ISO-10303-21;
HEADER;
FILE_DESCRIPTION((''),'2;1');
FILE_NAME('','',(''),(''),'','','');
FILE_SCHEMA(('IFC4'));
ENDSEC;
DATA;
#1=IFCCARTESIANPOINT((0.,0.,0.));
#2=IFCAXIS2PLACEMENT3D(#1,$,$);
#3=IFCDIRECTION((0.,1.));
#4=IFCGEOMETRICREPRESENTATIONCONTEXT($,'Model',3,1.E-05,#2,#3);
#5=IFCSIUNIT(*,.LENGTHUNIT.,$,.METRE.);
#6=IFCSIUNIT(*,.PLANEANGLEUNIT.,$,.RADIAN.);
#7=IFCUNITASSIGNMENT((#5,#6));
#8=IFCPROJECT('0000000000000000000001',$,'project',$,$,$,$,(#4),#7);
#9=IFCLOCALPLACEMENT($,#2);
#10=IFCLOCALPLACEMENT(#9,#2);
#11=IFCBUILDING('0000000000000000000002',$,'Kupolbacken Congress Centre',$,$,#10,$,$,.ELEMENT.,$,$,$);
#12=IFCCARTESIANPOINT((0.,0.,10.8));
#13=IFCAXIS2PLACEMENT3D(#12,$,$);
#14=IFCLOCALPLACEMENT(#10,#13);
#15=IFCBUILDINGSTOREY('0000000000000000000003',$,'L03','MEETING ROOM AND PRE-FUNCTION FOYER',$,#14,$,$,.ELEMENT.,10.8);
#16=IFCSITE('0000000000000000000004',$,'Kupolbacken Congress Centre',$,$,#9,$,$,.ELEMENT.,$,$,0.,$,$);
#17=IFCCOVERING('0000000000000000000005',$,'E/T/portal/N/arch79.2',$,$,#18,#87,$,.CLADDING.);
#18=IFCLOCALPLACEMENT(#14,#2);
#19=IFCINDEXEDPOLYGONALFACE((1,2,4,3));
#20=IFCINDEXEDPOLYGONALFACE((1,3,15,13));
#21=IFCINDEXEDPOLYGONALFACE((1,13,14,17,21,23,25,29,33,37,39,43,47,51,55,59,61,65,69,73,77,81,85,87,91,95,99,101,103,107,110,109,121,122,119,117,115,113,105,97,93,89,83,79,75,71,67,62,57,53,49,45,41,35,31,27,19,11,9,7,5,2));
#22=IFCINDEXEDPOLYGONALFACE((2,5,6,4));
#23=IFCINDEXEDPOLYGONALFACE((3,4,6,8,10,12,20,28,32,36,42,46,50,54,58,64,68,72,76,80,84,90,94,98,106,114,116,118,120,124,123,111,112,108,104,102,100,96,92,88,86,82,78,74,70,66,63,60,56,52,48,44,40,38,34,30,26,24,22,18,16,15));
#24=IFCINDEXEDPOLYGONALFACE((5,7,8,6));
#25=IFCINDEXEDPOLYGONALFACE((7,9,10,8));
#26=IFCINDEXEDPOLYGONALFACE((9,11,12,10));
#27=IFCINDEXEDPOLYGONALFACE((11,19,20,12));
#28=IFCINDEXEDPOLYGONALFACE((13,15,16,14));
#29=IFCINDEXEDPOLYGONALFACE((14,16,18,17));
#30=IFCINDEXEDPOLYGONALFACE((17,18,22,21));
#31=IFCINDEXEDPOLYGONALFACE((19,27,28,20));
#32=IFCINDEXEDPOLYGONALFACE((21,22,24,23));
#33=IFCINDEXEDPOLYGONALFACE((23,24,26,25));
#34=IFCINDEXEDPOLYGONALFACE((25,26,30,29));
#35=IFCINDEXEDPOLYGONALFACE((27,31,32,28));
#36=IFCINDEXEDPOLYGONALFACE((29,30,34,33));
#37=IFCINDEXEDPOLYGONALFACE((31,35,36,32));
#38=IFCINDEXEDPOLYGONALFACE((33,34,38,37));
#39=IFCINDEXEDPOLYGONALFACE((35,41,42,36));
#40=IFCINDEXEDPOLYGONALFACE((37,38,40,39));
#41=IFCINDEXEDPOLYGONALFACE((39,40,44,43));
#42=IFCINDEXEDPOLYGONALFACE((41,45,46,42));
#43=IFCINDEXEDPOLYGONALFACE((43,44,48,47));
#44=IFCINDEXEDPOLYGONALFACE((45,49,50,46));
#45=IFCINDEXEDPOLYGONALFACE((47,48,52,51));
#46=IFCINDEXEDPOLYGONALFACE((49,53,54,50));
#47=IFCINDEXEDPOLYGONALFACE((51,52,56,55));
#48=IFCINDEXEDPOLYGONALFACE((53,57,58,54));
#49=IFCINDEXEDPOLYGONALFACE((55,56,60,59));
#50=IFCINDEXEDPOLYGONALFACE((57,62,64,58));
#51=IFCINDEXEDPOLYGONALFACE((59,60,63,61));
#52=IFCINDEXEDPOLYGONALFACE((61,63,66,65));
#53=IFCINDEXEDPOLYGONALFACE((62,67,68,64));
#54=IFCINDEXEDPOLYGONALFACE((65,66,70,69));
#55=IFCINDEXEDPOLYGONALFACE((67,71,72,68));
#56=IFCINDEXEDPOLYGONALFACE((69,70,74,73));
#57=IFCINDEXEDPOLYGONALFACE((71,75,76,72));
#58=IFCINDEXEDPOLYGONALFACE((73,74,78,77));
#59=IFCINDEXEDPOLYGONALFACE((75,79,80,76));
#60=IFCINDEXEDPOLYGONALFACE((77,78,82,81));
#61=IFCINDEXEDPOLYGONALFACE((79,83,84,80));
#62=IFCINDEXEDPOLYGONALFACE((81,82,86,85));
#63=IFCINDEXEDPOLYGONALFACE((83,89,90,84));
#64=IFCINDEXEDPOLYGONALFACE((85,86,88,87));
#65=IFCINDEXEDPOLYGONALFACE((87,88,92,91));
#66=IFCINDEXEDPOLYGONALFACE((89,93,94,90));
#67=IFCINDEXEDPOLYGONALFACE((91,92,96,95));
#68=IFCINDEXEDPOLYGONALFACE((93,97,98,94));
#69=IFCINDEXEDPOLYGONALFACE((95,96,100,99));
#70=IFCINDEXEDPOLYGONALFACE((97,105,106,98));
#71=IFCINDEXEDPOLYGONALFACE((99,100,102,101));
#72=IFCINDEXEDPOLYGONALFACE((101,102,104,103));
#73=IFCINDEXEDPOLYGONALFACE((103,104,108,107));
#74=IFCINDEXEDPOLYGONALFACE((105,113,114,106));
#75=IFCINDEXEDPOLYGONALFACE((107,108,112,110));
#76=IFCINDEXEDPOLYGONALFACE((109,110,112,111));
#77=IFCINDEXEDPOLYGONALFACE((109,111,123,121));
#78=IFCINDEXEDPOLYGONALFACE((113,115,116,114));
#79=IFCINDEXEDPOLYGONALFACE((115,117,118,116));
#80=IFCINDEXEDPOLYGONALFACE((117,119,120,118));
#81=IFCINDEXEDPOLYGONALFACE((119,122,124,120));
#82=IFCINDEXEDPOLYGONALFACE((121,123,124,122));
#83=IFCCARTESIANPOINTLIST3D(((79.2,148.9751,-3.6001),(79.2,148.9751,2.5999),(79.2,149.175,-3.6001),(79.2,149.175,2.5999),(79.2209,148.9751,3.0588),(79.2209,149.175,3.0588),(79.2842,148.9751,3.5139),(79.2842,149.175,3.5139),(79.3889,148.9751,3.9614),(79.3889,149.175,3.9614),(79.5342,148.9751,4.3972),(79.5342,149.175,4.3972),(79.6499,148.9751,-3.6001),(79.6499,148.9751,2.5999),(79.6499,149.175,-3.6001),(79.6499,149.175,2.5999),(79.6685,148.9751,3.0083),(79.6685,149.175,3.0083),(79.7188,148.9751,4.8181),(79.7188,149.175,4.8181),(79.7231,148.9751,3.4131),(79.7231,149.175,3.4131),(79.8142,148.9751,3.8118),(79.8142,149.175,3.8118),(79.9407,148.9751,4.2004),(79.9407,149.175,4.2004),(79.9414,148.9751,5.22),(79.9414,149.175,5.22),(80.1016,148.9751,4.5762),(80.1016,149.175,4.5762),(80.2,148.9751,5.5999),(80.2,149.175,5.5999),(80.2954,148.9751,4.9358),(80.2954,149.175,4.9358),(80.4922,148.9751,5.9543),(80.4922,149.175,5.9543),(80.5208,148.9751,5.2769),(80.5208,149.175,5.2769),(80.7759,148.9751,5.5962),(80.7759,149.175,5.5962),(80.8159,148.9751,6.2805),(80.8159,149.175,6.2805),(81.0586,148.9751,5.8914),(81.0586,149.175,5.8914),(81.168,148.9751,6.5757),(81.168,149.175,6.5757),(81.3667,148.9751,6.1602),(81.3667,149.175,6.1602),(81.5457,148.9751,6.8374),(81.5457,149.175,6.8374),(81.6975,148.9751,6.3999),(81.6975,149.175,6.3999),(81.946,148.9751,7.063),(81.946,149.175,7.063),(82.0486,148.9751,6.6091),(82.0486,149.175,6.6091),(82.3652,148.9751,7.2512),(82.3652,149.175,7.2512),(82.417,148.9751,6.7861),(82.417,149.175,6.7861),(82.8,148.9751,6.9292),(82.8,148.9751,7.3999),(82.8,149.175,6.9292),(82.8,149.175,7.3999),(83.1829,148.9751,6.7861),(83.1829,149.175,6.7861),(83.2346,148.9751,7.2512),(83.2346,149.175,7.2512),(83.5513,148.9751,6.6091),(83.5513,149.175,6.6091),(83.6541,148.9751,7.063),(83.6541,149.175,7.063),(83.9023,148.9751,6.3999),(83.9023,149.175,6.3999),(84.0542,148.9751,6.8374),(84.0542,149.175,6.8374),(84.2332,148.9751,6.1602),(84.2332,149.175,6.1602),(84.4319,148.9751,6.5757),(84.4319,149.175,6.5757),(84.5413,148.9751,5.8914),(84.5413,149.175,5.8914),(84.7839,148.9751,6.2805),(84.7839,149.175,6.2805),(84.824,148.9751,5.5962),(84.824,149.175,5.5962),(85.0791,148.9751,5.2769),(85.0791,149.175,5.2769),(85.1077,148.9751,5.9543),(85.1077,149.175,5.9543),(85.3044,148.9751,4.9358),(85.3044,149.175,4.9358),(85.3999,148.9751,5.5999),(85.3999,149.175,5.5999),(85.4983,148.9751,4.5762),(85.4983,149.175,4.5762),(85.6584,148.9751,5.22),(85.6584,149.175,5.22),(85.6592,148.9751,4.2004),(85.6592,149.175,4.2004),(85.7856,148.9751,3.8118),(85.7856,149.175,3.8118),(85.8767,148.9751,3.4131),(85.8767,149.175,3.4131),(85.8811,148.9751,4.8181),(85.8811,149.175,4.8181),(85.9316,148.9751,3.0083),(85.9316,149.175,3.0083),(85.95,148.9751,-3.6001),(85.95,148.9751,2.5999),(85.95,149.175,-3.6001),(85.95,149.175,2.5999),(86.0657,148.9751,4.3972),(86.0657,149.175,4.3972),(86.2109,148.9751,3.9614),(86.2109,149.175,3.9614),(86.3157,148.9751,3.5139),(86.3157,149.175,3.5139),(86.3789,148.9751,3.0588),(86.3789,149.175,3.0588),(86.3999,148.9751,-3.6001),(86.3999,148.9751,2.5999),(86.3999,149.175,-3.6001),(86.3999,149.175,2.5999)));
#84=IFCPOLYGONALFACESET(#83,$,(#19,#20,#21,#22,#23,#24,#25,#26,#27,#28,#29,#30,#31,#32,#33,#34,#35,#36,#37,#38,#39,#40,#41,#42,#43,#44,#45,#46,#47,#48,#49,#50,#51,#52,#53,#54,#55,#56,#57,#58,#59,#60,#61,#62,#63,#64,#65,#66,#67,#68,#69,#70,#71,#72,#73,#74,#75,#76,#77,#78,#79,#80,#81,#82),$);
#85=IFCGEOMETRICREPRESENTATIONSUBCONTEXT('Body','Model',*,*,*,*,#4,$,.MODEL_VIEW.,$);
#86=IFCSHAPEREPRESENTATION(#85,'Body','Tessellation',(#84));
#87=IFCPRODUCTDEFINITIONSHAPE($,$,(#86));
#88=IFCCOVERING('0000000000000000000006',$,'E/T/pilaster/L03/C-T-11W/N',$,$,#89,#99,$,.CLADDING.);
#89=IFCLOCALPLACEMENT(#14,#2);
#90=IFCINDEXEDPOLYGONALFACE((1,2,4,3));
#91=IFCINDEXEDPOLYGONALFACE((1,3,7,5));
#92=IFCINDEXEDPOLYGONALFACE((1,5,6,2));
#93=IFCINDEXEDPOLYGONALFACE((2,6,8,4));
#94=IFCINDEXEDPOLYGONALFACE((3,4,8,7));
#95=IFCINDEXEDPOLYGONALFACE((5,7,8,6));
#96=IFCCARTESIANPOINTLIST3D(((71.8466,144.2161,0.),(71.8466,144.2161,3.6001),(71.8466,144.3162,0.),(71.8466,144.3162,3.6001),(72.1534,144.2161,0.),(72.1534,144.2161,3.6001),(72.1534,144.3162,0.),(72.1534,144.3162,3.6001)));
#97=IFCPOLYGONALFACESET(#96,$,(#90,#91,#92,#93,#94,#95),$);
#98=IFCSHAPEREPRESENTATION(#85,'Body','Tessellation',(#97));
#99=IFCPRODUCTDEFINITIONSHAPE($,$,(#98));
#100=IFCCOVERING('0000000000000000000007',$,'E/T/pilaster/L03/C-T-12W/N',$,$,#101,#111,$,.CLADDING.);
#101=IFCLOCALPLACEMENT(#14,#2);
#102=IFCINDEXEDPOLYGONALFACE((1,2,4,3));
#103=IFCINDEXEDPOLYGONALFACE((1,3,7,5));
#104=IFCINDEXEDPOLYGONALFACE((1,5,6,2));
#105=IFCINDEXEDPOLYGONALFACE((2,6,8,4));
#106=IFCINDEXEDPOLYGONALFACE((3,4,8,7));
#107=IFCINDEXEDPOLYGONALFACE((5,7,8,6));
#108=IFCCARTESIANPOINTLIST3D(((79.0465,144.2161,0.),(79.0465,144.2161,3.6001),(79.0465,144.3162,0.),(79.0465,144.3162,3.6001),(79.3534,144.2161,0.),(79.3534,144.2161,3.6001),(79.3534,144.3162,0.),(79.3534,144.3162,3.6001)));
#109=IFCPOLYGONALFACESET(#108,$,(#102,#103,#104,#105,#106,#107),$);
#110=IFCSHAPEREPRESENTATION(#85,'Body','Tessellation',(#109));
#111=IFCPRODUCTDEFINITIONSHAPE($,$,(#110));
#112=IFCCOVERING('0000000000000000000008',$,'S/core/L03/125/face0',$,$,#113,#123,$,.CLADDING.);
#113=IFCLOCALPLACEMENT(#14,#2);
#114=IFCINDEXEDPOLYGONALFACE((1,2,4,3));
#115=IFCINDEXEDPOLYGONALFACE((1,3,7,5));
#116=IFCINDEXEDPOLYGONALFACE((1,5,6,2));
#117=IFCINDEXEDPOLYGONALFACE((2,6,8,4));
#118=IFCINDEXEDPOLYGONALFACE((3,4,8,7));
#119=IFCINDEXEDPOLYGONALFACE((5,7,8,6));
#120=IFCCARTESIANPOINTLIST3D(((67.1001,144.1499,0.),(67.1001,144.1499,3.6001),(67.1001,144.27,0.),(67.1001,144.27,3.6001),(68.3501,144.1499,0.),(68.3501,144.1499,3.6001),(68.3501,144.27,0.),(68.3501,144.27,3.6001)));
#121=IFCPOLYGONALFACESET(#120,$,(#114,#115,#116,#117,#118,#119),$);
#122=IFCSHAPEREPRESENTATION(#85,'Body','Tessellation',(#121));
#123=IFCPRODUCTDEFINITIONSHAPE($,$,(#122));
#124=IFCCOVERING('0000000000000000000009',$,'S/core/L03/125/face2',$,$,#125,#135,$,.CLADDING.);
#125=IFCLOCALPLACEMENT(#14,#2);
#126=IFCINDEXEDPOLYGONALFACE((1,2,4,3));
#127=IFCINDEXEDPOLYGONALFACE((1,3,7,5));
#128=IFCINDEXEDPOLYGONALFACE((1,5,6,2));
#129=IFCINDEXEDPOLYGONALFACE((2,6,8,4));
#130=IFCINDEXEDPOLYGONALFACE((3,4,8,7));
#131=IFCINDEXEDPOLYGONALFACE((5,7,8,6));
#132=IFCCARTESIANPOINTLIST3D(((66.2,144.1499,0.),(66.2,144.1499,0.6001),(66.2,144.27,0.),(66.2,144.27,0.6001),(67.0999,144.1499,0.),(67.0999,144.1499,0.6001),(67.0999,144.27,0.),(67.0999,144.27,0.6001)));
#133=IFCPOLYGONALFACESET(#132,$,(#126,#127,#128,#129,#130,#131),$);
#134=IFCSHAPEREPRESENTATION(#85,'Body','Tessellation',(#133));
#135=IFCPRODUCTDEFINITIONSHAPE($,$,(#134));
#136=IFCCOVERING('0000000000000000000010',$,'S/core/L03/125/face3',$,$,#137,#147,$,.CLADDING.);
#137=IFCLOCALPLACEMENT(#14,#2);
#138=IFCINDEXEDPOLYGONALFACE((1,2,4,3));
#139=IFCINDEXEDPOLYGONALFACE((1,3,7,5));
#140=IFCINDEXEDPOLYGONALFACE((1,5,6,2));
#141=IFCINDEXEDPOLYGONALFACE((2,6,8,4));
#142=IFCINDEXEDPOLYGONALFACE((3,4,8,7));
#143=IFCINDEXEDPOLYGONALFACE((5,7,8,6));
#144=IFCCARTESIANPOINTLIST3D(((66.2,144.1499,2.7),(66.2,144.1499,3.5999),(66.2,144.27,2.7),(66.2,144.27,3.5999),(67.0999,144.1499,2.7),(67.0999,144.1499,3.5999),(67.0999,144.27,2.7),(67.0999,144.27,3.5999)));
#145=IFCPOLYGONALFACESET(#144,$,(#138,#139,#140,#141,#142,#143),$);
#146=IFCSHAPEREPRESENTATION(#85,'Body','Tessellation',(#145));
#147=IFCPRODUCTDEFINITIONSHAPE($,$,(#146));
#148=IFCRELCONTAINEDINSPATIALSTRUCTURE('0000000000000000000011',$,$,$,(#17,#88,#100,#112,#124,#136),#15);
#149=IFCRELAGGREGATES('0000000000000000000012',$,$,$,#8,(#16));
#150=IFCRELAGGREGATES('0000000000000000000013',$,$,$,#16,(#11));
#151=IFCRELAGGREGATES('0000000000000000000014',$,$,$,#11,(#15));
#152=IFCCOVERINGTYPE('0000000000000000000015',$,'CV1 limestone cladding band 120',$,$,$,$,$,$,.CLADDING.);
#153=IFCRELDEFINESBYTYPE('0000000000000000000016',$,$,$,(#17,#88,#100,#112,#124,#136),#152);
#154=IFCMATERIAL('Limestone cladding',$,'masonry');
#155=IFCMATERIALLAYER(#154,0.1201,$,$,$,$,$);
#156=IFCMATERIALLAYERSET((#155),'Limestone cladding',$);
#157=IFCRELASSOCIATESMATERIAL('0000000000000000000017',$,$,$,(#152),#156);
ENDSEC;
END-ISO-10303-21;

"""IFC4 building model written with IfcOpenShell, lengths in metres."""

from ifc_helpers import new_model, si_unit, direction, frame, origin, origin_2d, place, context, subcontext, project, spatial, polyline, rectangle, outline, extrude, material, layer, layer_set, type_object, element, save


model = new_model("IFC4")

# Units and contexts
model_context = context("Model", 3, precision=1e-05, world=origin(), true_north=direction((0.0, 1.0)))
body_context = subcontext(model_context, "Body", "Model", "MODEL_VIEW")
ifc_project = project(units=[si_unit("LENGTHUNIT", "METRE"), si_unit("PLANEANGLEUNIT", "RADIAN")], contexts=[model_context])

# Site, building, storey
site_placement = place(None, origin())
site = spatial("IfcSite", under=ifc_project, at=site_placement, Name="Kupolbacken Congress Centre", CompositionType="ELEMENT", RefElevation=0.0)
building_placement = place(site_placement, origin())
building = spatial("IfcBuilding", under=site, at=building_placement, Name="Kupolbacken Congress Centre", CompositionType="ELEMENT")
storey_placement = place(building_placement, frame((0.0, 0.0, 10.8)))
storey = spatial("IfcBuildingStorey", under=building, at=storey_placement, Name="L03", Description="MEETING ROOM AND PRE-FUNCTION FOYER", CompositionType="ELEMENT", Elevation=10.8)

# Coverings
ifc_material_1 = material(Name="Limestone cladding", Category="masonry")
ifc_layer_1 = layer(ifc_material_1, 0.1201)
ifc_layer_set_1 = layer_set([ifc_layer_1], Name="Limestone cladding")
covering_type = type_object("IfcCoveringType", Name="CV1 limestone cladding band 120", PredefinedType="CLADDING", material=ifc_layer_set_1)
covering_1_placement = place(storey_placement, frame((79.2, 148.9751, -3.6001), z_axis=(0.0, 1.0, 0.0), x_axis=(-1.0, 0.0, 0.0)))
element("IfcCovering", 1, at=covering_1_placement, inside=storey, type_object=covering_type, Name="E/T/portal/N/arch79.2", PredefinedType="CLADDING", context=body_context, shape_type="SweptSolid", body=[
    extrude(outline(polyline([(0.0, 0.0), (0.0, 6.2), (-0.021, 6.6589), (-0.0842, 7.114), (-0.189, 7.5615), (-0.3342, 7.9973), (-0.5188, 8.4182), (-0.7415, 8.8201), (-1.0, 9.2), (-1.2922, 9.5544), (-1.616, 9.8806), (-1.968, 10.1758), (-2.3457, 10.4375), (-2.7461, 10.6631), (-3.1653, 10.8513), (-3.6001, 11.0), (-4.0347, 10.8513), (-4.4541, 10.6631), (-4.8542, 10.4375), (-5.2319, 10.1758), (-5.584, 9.8806), (-5.9077, 9.5544), (-6.2, 9.2), (-6.4585, 8.8201), (-6.6812, 8.4182), (-6.8657, 7.9973), (-7.011, 7.5615), (-7.1157, 7.114), (-7.179, 6.6589), (-7.2, 6.2), (-7.2, 0.0), (-6.75, 0.0), (-6.75, 6.2), (-6.7317, 6.6084), (-6.6768, 7.0132), (-6.5857, 7.4119), (-6.4592, 7.8005), (-6.2983, 8.1763), (-6.1045, 8.5359), (-5.8792, 8.877), (-5.624, 9.1963), (-5.3413, 9.4915), (-5.0332, 9.7603), (-4.7024, 10.0), (-4.3513, 10.2092), (-3.9829, 10.3862), (-3.6001, 10.5293), (-3.217, 10.3862), (-2.8486, 10.2092), (-2.4976, 10.0), (-2.1667, 9.7603), (-1.8586, 9.4915), (-1.5759, 9.1963), (-1.3208, 8.877), (-1.0955, 8.5359), (-0.9016, 8.1763), (-0.7407, 7.8005), (-0.6143, 7.4119), (-0.5232, 7.0132), (-0.4685, 6.6084), (-0.45, 6.2), (-0.45, 0.0), (0.0, 0.0)])), origin(), (0.0, 0.0, 1.0), 0.2),
])
for number, where, z_axis, x_axis, name in (
    (2, (72.0, 144.2661, 0.0), (0.0, 0.0, 1.0), (1.0, 0.0, 0.0), "E/T/pilaster/L03/C-T-11W/N"),
    (3, (79.2, 144.2661, 0.0), (0.0, 0.0, 1.0), (1.0, 0.0, 0.0), "E/T/pilaster/L03/C-T-12W/N"),
):
    element("IfcCovering", number, at=place(storey_placement, frame(where, z_axis=z_axis, x_axis=x_axis)), inside=storey, type_object=covering_type, Name=name, PredefinedType="CLADDING", context=body_context, shape_type="SweptSolid", body=[
        extrude(rectangle(XDim=0.3069, YDim=0.1001, at=origin_2d()), origin(), (0.0, 0.0, 1.0), 3.6001),
    ])
covering_2_placement = place(storey_placement, frame((67.7251, 144.21, 0.0), z_axis=(0.0, 0.0, 1.0), x_axis=(-1.0, 0.0, 0.0)))
element("IfcCovering", 4, at=covering_2_placement, inside=storey, type_object=covering_type, Name="S/core/L03/125/face0", PredefinedType="CLADDING", context=body_context, shape_type="SweptSolid", body=[
    extrude(rectangle(XDim=1.25, YDim=0.1201, at=origin_2d()), origin(), (0.0, 0.0, 1.0), 3.6001),
])
covering_3_placement = place(storey_placement, frame((66.6499, 144.21, 0.0), z_axis=(0.0, 0.0, 1.0), x_axis=(-1.0, 0.0, 0.0)))
element("IfcCovering", 5, at=covering_3_placement, inside=storey, type_object=covering_type, Name="S/core/L03/125/face2", PredefinedType="CLADDING", context=body_context, shape_type="SweptSolid", body=[
    extrude(rectangle(XDim=0.8999, YDim=0.1201, at=origin_2d()), origin(), (0.0, 0.0, 1.0), 0.6001),
])
covering_4_placement = place(storey_placement, frame((66.6499, 144.21, 2.7), z_axis=(0.0, 0.0, 1.0), x_axis=(-1.0, 0.0, 0.0)))
element("IfcCovering", 6, at=covering_4_placement, inside=storey, type_object=covering_type, Name="S/core/L03/125/face3", PredefinedType="CLADDING", context=body_context, shape_type="SweptSolid", body=[
    extrude(rectangle(XDim=0.8999, YDim=0.1201, at=origin_2d()), origin(), (0.0, 0.0, 1.0), 0.8999),
])

save(model, "model.ifc")
